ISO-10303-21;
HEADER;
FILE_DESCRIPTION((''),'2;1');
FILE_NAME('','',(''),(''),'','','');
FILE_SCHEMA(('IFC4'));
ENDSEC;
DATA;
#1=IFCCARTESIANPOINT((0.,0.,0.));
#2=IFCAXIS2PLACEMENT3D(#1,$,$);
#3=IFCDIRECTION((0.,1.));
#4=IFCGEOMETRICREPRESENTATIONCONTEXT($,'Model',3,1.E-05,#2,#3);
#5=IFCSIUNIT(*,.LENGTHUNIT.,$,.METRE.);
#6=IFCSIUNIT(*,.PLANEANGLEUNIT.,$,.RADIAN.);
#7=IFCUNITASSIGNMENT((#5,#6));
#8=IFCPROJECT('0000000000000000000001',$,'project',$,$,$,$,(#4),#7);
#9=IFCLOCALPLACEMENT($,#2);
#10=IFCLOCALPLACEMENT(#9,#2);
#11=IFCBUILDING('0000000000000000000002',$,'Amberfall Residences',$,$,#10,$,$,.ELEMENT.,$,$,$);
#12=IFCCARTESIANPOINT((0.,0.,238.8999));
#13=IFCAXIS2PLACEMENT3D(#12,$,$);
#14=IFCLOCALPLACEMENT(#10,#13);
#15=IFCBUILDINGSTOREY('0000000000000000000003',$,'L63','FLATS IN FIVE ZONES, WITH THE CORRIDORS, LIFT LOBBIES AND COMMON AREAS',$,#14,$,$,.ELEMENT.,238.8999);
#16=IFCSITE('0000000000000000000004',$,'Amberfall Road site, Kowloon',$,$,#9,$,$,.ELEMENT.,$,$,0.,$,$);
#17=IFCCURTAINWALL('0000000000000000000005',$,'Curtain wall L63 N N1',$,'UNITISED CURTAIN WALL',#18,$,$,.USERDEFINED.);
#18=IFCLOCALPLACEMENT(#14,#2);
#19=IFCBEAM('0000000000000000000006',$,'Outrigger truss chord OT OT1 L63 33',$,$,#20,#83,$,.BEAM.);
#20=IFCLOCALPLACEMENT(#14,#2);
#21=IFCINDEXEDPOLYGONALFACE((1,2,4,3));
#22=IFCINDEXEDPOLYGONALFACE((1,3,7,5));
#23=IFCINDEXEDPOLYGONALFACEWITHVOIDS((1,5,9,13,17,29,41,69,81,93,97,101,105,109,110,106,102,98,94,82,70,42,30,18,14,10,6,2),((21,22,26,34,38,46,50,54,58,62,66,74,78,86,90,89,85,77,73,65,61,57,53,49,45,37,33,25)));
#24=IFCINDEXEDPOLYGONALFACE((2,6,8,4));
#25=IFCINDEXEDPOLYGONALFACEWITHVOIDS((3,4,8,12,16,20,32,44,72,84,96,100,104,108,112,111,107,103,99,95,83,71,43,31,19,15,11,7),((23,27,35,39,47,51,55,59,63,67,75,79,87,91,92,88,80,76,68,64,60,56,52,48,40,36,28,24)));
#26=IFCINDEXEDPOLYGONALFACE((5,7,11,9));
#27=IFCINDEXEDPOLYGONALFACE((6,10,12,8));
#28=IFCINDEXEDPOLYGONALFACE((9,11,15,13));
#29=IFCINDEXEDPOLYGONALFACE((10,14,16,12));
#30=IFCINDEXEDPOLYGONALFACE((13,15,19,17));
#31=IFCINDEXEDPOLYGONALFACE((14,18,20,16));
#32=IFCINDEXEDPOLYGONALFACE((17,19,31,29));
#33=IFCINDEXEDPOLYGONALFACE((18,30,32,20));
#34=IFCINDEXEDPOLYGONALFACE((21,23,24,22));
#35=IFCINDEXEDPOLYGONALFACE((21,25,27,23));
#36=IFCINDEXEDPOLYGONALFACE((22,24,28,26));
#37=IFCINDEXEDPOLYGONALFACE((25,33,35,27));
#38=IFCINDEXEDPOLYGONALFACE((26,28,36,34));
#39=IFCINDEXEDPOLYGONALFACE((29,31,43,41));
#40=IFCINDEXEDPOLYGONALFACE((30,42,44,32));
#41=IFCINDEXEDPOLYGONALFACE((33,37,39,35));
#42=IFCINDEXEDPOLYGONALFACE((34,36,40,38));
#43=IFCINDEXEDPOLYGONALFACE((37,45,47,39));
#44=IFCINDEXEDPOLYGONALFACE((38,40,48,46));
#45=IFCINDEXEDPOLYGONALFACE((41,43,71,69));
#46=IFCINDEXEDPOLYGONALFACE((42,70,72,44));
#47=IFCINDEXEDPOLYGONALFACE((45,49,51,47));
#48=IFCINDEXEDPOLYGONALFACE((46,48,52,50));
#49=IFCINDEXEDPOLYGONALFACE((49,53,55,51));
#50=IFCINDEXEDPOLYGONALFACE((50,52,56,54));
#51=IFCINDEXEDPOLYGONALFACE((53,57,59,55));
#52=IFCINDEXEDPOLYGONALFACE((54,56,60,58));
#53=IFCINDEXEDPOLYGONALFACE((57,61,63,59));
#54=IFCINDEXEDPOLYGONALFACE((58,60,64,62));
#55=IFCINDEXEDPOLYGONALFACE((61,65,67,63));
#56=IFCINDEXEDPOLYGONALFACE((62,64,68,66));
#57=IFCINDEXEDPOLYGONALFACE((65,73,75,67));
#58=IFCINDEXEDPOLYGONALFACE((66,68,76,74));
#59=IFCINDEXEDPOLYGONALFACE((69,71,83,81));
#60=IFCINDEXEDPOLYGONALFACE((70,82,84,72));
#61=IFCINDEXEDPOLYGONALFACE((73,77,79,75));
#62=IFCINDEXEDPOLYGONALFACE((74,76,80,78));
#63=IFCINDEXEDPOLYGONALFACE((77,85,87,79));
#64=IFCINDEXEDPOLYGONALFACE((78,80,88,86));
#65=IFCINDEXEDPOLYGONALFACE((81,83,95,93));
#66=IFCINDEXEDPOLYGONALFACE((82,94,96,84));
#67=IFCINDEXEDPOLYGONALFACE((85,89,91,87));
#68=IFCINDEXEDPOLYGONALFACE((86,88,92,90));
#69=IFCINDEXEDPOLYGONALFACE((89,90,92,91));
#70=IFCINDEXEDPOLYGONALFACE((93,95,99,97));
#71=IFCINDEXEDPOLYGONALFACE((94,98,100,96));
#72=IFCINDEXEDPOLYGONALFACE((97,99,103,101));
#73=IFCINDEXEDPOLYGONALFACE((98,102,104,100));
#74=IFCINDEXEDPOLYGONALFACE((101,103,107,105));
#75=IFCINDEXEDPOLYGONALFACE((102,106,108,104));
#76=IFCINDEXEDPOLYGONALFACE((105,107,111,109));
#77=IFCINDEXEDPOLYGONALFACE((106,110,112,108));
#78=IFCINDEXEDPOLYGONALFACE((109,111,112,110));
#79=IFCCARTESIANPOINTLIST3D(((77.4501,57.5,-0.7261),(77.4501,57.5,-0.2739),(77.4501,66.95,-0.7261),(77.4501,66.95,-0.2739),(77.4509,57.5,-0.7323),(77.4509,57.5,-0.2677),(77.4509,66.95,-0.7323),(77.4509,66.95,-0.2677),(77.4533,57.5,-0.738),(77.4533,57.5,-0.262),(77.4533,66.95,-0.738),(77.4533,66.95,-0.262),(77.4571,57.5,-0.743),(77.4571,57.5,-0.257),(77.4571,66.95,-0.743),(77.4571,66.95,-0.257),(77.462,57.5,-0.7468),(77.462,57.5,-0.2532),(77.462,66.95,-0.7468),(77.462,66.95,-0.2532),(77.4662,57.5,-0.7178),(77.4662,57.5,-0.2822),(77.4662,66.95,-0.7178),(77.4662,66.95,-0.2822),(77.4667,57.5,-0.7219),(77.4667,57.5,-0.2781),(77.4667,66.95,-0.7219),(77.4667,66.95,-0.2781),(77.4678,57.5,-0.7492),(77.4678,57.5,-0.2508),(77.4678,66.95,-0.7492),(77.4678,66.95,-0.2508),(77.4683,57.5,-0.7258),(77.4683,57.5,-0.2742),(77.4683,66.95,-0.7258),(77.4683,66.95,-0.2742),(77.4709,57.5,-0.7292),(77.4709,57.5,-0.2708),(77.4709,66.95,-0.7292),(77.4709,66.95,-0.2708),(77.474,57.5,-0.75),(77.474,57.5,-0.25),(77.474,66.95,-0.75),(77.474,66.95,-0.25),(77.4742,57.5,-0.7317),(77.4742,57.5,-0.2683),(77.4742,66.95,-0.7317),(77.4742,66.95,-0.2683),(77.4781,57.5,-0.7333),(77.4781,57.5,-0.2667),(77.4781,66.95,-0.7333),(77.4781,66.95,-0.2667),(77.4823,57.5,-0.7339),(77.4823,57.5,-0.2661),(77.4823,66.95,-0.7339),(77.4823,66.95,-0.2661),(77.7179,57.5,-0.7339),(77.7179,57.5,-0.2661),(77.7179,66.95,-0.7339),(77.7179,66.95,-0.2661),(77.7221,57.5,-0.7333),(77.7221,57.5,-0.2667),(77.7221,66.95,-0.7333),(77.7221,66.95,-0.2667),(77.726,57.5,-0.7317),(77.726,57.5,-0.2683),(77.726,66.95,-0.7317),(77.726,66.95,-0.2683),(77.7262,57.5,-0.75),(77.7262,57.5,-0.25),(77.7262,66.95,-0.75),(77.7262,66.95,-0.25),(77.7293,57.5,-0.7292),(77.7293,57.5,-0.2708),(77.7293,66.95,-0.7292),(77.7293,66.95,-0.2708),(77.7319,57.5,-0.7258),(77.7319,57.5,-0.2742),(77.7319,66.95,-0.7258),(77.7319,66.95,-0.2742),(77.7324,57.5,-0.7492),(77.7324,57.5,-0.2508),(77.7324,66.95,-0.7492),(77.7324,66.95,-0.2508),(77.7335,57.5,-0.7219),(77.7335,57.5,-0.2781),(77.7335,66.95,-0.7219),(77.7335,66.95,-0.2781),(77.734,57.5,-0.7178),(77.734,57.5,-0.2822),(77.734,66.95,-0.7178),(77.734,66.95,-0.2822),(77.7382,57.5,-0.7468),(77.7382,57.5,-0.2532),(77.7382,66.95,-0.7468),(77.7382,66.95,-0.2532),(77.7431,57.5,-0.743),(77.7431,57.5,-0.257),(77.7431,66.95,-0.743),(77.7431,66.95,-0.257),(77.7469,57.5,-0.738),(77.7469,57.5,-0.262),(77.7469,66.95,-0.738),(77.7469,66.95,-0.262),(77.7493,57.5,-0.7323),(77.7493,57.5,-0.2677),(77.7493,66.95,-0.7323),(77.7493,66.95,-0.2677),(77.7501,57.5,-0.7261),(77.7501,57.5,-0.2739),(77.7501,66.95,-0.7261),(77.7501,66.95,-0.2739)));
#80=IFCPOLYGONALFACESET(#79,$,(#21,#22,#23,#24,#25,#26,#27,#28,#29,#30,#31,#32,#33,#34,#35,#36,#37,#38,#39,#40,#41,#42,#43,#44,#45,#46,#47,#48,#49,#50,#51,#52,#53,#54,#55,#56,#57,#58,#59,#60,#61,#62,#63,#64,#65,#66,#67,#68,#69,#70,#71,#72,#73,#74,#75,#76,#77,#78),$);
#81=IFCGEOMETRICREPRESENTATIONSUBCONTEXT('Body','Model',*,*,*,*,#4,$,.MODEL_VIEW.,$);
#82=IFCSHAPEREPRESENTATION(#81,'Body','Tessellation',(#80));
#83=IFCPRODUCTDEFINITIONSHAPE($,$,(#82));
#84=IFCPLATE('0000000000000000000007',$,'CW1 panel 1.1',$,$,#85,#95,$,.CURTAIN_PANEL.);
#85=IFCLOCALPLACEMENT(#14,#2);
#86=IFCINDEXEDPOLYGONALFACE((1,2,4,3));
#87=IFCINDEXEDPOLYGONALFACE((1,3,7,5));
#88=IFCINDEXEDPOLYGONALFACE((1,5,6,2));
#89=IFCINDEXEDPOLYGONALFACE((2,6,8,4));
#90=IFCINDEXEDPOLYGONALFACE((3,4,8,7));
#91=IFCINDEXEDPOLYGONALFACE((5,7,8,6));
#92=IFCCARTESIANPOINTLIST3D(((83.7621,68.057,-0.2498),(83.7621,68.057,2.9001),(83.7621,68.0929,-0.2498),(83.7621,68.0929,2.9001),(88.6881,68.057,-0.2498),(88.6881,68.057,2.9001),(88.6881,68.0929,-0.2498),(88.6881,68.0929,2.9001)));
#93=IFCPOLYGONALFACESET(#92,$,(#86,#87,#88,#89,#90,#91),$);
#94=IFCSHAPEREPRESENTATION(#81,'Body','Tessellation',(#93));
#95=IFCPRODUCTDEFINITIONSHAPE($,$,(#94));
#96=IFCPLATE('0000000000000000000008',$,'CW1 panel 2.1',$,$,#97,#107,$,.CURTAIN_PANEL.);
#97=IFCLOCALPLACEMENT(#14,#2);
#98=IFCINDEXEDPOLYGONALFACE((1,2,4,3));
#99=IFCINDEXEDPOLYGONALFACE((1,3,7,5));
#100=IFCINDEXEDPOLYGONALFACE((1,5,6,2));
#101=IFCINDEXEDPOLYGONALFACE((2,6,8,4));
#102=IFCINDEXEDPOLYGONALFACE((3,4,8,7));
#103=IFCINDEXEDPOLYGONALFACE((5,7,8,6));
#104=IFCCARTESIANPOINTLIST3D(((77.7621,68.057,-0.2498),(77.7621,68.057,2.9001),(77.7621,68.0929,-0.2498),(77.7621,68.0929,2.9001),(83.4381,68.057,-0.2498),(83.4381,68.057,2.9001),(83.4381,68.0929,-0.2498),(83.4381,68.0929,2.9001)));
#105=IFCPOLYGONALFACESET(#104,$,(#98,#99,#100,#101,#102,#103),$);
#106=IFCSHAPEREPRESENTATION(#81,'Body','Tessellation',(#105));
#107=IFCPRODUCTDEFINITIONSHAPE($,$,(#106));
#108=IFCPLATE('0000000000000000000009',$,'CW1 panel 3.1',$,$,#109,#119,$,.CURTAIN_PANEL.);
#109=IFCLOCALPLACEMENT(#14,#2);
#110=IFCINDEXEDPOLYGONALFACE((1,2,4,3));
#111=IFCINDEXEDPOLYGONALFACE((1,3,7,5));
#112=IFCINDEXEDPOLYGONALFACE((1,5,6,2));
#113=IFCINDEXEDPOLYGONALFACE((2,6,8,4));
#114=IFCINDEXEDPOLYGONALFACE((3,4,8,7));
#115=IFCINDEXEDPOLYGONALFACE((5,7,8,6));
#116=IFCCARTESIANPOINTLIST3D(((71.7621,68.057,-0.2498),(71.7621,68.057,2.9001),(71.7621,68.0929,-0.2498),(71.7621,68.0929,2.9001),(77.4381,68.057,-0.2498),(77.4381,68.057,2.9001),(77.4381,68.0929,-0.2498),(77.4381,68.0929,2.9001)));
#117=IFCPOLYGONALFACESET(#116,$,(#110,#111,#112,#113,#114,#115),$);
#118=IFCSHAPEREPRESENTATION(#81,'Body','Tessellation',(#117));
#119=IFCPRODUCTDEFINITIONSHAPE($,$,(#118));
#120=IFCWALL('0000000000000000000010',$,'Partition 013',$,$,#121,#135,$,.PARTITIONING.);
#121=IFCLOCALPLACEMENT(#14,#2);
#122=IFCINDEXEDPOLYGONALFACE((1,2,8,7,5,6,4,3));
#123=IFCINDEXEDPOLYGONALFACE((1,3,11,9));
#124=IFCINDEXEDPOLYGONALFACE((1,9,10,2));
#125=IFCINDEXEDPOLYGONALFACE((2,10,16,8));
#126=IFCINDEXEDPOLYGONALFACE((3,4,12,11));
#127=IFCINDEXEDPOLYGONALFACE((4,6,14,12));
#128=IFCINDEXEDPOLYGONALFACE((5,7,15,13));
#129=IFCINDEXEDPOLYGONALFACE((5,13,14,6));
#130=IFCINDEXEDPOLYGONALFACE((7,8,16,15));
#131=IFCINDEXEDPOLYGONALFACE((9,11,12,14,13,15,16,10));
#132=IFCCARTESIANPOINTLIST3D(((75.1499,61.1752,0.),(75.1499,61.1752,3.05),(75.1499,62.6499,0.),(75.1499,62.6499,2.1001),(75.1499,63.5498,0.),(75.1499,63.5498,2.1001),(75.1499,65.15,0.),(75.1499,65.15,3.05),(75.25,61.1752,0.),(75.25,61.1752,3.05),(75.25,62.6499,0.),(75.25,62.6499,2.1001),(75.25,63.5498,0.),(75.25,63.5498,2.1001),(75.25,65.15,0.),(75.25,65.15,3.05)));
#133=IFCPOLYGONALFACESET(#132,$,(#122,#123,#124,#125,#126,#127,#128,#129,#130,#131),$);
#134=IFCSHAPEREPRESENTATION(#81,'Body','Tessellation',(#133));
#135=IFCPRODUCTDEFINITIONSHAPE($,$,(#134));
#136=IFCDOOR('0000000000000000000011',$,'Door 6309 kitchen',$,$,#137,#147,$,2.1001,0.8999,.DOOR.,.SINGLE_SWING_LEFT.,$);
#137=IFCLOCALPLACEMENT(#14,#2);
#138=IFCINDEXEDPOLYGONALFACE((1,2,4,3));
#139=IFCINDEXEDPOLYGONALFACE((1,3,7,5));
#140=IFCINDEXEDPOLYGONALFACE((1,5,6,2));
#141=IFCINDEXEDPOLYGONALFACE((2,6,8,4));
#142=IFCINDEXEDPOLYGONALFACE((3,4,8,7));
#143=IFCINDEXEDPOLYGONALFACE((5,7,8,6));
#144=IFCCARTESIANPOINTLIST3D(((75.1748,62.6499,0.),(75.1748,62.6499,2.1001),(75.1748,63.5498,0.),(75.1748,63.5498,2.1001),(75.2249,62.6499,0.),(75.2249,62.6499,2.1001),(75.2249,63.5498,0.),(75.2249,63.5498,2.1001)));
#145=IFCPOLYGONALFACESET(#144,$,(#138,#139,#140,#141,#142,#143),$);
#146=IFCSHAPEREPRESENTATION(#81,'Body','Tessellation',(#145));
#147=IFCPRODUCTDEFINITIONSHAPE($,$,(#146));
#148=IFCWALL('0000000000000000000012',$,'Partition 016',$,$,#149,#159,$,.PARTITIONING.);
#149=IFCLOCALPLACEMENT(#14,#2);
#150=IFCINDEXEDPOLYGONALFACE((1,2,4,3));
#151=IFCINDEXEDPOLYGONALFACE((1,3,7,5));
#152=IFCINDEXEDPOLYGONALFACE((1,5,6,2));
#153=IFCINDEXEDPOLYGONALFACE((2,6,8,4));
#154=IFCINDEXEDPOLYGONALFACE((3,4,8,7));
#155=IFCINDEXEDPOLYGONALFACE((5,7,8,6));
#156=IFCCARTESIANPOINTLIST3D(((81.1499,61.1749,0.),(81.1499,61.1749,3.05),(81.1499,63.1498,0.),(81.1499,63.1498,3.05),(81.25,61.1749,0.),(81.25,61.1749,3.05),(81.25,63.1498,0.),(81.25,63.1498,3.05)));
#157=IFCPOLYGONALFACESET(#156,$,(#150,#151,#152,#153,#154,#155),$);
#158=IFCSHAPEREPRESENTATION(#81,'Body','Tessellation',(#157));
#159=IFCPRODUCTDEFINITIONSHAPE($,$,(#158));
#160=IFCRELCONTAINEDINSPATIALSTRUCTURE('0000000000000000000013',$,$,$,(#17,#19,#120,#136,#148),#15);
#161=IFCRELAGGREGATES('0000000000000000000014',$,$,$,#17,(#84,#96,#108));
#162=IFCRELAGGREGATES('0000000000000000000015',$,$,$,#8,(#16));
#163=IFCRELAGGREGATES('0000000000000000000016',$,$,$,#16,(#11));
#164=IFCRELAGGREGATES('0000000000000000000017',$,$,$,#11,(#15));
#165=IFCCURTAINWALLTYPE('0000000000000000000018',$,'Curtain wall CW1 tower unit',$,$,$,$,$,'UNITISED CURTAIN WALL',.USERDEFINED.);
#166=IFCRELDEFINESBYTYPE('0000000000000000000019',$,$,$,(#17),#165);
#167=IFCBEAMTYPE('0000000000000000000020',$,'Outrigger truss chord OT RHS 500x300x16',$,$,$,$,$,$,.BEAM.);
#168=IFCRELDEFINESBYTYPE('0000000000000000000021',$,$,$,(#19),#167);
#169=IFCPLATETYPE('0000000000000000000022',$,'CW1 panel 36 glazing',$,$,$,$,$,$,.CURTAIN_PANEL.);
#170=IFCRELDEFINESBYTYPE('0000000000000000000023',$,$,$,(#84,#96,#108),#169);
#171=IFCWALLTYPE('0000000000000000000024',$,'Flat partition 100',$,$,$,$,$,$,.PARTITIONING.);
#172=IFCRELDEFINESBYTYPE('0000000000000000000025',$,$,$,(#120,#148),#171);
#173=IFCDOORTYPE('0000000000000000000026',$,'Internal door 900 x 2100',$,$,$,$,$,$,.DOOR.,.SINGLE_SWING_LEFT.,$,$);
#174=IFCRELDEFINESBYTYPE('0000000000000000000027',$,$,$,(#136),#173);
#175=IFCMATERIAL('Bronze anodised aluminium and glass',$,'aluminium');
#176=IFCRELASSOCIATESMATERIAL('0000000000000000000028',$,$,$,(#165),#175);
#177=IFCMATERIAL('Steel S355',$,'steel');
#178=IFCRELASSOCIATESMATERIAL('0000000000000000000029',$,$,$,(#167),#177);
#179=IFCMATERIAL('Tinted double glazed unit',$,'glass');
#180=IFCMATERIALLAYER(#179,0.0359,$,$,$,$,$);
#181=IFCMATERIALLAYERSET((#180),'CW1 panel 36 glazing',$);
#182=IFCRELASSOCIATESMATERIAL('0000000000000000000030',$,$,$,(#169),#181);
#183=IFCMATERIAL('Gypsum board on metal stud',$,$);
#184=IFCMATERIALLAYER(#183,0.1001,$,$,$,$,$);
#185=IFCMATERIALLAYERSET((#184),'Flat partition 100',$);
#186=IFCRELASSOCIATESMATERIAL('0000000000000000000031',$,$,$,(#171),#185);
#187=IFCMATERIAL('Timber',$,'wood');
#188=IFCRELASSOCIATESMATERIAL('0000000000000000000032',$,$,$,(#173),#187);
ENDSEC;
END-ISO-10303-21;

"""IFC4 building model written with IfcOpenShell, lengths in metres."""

from ifc_helpers import new_model, si_unit, direction, frame, frame_2d, origin, origin_2d, place, context, subcontext, project, spatial, rectangle, hollow_rectangle, extrude, material, layer, layer_set, material_profile, profile_set, type_object, element, fill, aggregate, save


model = new_model("IFC4")

# Units and contexts
model_context = context("Model", 3, precision=1e-05, world=origin(), true_north=direction((0.0, 1.0)))
body_context = subcontext(model_context, "Body", "Model", "MODEL_VIEW")
ifc_project = project(units=[si_unit("LENGTHUNIT", "METRE"), si_unit("PLANEANGLEUNIT", "RADIAN")], contexts=[model_context])

# Site, building, storey
site_placement = place(None, origin())
site = spatial("IfcSite", under=ifc_project, at=site_placement, Name="Amberfall Road site, Kowloon", CompositionType="ELEMENT", RefElevation=0.0)
building_placement = place(site_placement, origin())
building = spatial("IfcBuilding", under=site, at=building_placement, Name="Amberfall Residences", CompositionType="ELEMENT")
storey_placement = place(building_placement, frame((0.0, 0.0, 238.8999)))
storey = spatial("IfcBuildingStorey", under=building, at=storey_placement, Name="L63", Description="FLATS IN FIVE ZONES, WITH THE CORRIDORS, LIFT LOBBIES AND COMMON AREAS", CompositionType="ELEMENT", Elevation=238.8999)

# Shared definitions
ifc_material_1 = material(Name="Steel S355", Category="steel")

# Curtain wall
ifc_material_2 = material(Name="Bronze anodised aluminium and glass", Category="aluminium")
curtain_wall_type = type_object("IfcCurtainWallType", Name="Curtain wall CW1 tower unit", ElementType="UNITISED CURTAIN WALL", PredefinedType="USERDEFINED", material=ifc_material_2)
curtain_wall_placement = place(storey_placement, origin())
curtain_wall = element("IfcCurtainWall", 1, at=curtain_wall_placement, inside=storey, type_object=curtain_wall_type, Name="Curtain wall L63 N N1", ObjectType="UNITISED CURTAIN WALL", PredefinedType="USERDEFINED")

# Beam
ifc_material_profile_1 = material_profile(ifc_material_1, hollow_rectangle(XDim=0.3, YDim=0.5, WallThickness=0.0161, InnerFilletRadius=0.0161, OuterFilletRadius=0.0239, at=origin_2d()), Name="RHS 500x300x16")
ifc_profile_set_1 = profile_set([ifc_material_profile_1], Name="Steel S355")
beam_type_1 = type_object("IfcBeamType", Name="Outrigger truss chord OT RHS 500x300x16", PredefinedType="BEAM", material=ifc_profile_set_1)
beam_1_placement = place(storey_placement, frame((77.6001, 66.95, -0.5), z_axis=(0.0, -1.0, 0.0), x_axis=(1.0, 0.0, 0.0)))
element("IfcBeam", 2, at=beam_1_placement, inside=storey, type_object=beam_type_1, Name="Outrigger truss chord OT OT1 L63 33", PredefinedType="BEAM", context=body_context, shape_type="SweptSolid", body=[
    extrude(hollow_rectangle(XDim=0.3, YDim=0.5, WallThickness=0.0161, InnerFilletRadius=0.0161, OuterFilletRadius=0.0239, at=origin_2d()), origin(), (0.0, 0.0, 1.0), 9.45),
])

# Plates
ifc_material_3 = material(Name="Tinted double glazed unit", Category="glass")
ifc_layer_1 = layer(ifc_material_3, 0.0359)
ifc_layer_set_1 = layer_set([ifc_layer_1], Name="CW1 panel 36 glazing")
plate_type = type_object("IfcPlateType", Name="CW1 panel 36 glazing", PredefinedType="CURTAIN_PANEL", material=ifc_layer_set_1)
plate_1_placement = place(storey_placement, frame((86.2251, 68.075, -0.2498), z_axis=(0.0, 0.0, 1.0), x_axis=(-1.0, 0.0, 0.0)))
plate_1 = element("IfcPlate", 3, at=plate_1_placement, type_object=plate_type, Name="CW1 panel 1.1", PredefinedType="CURTAIN_PANEL", context=body_context, shape_type="SweptSolid", body=[
    extrude(rectangle(XDim=4.926, YDim=0.0359, at=origin_2d()), origin(), (0.0, 0.0, 1.0), 3.1499),
])
plate_2_placement = place(storey_placement, frame((80.6001, 68.075, -0.2498), z_axis=(0.0, 0.0, 1.0), x_axis=(-1.0, 0.0, 0.0)))
plate_2 = element("IfcPlate", 4, at=plate_2_placement, type_object=plate_type, Name="CW1 panel 2.1", PredefinedType="CURTAIN_PANEL", context=body_context, shape_type="SweptSolid", body=[
    extrude(rectangle(XDim=5.676, YDim=0.0359, at=origin_2d()), origin(), (0.0, 0.0, 1.0), 3.1499),
])
plate_3_placement = place(storey_placement, frame((74.6001, 68.075, -0.2498), z_axis=(0.0, 0.0, 1.0), x_axis=(-1.0, 0.0, 0.0)))
plate_3 = element("IfcPlate", 5, at=plate_3_placement, type_object=plate_type, Name="CW1 panel 3.1", PredefinedType="CURTAIN_PANEL", context=body_context, shape_type="SweptSolid", body=[
    extrude(rectangle(XDim=5.676, YDim=0.0359, at=origin_2d()), origin(), (0.0, 0.0, 1.0), 3.1499),
])
aggregate(curtain_wall, [plate_1, plate_2, plate_3])

# Wall, opening, door
ifc_material_4 = material(Name="Gypsum board on metal stud")
ifc_layer_2 = layer(ifc_material_4, 0.1001)
ifc_layer_set_2 = layer_set([ifc_layer_2], Name="Flat partition 100")
wall_type_1 = type_object("IfcWallType", Name="Flat partition 100", PredefinedType="PARTITIONING", material=ifc_layer_set_2)
wall_1_placement = place(storey_placement, frame((75.2, 65.1499, 0.0), z_axis=(0.0, 0.0, 1.0), x_axis=(0.0, -1.0, 0.0)))
wall_1 = element("IfcWall", 6, at=wall_1_placement, inside=storey, type_object=wall_type_1, Name="Partition 013", PredefinedType="PARTITIONING", context=body_context, shape_type="SweptSolid", body=[
    extrude(rectangle(XDim=3.9749, YDim=0.1001, at=frame_2d((1.9873, 0.0))), origin(), (0.0, 0.0, 1.0), 3.05),
])
opening_1_placement = place(wall_1_placement, frame((1.6001, 0.0, 0.0)))
opening_1 = element("IfcOpeningElement", 7, at=opening_1_placement, cuts=wall_1, PredefinedType="OPENING", context=body_context, shape_type="SweptSolid", body=[
    extrude(rectangle(XDim=0.8999, YDim=2.1001, at=frame_2d((0.45, 1.05))), frame((0.0, 0.0601, 0.0), z_axis=(0.0, -1.0, 0.0), x_axis=(1.0, 0.0, 0.0)), (0.0, 0.0, 1.0), 0.1201),
])
ifc_material_5 = material(Name="Timber", Category="wood")
door_type_1 = type_object("IfcDoorType", Name="Internal door 900 x 2100", OperationType="SINGLE_SWING_LEFT", PredefinedType="DOOR", material=ifc_material_5)
door_1_placement = place(opening_1_placement, origin())
door_1 = element("IfcDoor", 8, at=door_1_placement, inside=storey, type_object=door_type_1, Name="Door 6309 kitchen", OperationType="SINGLE_SWING_LEFT", OverallHeight=2.1001, OverallWidth=0.8999, PredefinedType="DOOR", context=body_context, shape_type="SweptSolid", body=[
    extrude(rectangle(XDim=0.8999, YDim=2.1001, at=frame_2d((0.45, 1.05))), frame((0.0, 0.0249, 0.0), z_axis=(0.0, -1.0, 0.0), x_axis=(1.0, 0.0, 0.0)), (0.0, 0.0, 1.0), 0.05),
])
fill(opening_1, door_1)

# Wall
wall_2_placement = place(storey_placement, frame((81.2, 61.175, 0.0), z_axis=(0.0, 0.0, 1.0), x_axis=(0.0, 1.0, 0.0)))
element("IfcWall", 9, at=wall_2_placement, inside=storey, type_object=wall_type_1, Name="Partition 016", PredefinedType="PARTITIONING", context=body_context, shape_type="SweptSolid", body=[
    extrude(rectangle(XDim=1.9749, YDim=0.1001, at=frame_2d((0.9873, 0.0))), origin(), (0.0, 0.0, 1.0), 3.05),
])

save(model, "model.ifc")
